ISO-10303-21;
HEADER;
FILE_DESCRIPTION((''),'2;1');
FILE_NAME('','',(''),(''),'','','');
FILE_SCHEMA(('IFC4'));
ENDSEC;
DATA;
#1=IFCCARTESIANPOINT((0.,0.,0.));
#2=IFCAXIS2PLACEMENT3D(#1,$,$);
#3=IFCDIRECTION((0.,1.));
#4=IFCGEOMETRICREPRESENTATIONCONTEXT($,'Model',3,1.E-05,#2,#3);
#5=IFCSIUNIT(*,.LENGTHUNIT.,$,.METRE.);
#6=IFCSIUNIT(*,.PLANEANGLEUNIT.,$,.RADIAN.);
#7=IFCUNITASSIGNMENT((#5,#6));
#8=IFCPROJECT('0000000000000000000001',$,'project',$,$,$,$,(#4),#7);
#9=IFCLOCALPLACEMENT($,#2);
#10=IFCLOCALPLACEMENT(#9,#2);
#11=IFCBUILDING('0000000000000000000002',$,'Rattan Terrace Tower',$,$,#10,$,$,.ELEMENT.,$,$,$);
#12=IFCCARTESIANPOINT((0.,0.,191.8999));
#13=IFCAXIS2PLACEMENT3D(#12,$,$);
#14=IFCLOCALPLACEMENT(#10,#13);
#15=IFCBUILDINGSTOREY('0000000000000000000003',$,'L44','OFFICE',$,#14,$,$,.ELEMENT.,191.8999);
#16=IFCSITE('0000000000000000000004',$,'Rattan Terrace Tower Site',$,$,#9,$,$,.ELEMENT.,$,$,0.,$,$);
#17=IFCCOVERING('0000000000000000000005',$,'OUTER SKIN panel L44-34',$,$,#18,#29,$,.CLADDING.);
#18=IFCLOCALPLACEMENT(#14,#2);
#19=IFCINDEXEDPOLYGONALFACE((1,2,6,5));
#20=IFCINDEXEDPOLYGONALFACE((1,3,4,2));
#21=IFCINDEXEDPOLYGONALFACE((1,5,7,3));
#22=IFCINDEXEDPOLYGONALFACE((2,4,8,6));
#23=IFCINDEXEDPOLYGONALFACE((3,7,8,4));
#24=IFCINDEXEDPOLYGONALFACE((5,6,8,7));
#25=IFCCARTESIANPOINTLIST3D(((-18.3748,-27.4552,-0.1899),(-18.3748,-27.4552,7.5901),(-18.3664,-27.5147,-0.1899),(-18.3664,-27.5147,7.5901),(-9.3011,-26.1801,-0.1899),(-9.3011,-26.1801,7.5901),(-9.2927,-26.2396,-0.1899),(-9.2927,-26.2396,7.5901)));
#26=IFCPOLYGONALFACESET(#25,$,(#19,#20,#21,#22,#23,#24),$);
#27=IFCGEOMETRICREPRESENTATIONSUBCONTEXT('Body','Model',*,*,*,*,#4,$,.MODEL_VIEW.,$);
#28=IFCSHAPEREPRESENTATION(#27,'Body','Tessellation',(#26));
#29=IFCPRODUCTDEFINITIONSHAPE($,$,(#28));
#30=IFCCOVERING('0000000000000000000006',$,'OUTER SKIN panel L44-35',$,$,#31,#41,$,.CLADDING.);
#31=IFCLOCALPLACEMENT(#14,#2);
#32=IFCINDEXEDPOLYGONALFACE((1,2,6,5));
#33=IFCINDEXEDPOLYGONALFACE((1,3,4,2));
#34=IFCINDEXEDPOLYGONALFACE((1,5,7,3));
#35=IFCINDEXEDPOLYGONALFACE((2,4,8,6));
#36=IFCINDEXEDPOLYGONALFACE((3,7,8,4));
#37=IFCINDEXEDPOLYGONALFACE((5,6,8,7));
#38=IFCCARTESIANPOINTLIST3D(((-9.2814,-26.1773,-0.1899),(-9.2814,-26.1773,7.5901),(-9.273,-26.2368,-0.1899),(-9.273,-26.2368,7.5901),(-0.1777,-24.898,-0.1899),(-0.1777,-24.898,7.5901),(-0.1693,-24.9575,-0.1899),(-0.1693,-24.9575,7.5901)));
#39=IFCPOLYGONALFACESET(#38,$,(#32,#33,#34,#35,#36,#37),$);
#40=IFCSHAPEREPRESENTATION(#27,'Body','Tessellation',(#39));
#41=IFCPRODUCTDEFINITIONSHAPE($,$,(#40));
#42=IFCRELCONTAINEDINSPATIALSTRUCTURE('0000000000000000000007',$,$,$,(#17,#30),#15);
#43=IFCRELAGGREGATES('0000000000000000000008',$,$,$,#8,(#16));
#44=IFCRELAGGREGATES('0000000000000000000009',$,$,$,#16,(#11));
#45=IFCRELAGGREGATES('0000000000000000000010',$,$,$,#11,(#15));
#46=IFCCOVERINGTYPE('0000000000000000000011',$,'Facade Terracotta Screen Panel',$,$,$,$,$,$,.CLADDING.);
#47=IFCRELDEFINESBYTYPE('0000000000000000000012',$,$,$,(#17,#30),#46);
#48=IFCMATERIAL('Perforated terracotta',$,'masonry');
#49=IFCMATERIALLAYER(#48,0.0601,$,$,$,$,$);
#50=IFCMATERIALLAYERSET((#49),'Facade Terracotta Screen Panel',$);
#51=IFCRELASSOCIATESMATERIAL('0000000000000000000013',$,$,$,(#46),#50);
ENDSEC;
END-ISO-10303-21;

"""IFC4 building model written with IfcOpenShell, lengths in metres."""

from ifc_helpers import new_model, si_unit, direction, frame, origin, origin_2d, place, context, subcontext, project, spatial, rectangle, extrude, material, layer, layer_set, type_object, element, save


model = new_model("IFC4")

# Units and contexts
model_context = context("Model", 3, precision=1e-05, world=origin(), true_north=direction((0.0, 1.0)))
body_context = subcontext(model_context, "Body", "Model", "MODEL_VIEW")
ifc_project = project(units=[si_unit("LENGTHUNIT", "METRE"), si_unit("PLANEANGLEUNIT", "RADIAN")], contexts=[model_context])

# Site, building, storey
site_placement = place(None, origin())
site = spatial("IfcSite", under=ifc_project, at=site_placement, Name="Rattan Terrace Tower Site", CompositionType="ELEMENT", RefElevation=0.0)
building_placement = place(site_placement, origin())
building = spatial("IfcBuilding", under=site, at=building_placement, Name="Rattan Terrace Tower", CompositionType="ELEMENT")
storey_placement = place(building_placement, frame((0.0, 0.0, 191.8999)))
storey = spatial("IfcBuildingStorey", under=building, at=storey_placement, Name="L44", Description="OFFICE", CompositionType="ELEMENT", Elevation=191.8999)

# Coverings
ifc_material_1 = material(Name="Perforated terracotta", Category="masonry")
ifc_layer_1 = layer(ifc_material_1, 0.0601)
ifc_layer_set_1 = layer_set([ifc_layer_1], Name="Facade Terracotta Screen Panel")
covering_type = type_object("IfcCoveringType", Name="Facade Terracotta Screen Panel", PredefinedType="CLADDING", material=ifc_layer_set_1)
covering_1_placement = place(storey_placement, frame((-13.8337, -26.8474, -0.1899), z_axis=(0.0, 0.0, 1.0), x_axis=(0.99027, 0.139161, 0.0)))
element("IfcCovering", 1, at=covering_1_placement, inside=storey, type_object=covering_type, Name="OUTER SKIN panel L44-34", PredefinedType="CLADDING", context=body_context, shape_type="SweptSolid", body=[
    extrude(rectangle(XDim=9.1628, YDim=0.0601, at=origin_2d()), origin(), (0.0, 0.0, 1.0), 7.78),
])
covering_2_placement = place(storey_placement, frame((-4.7253, -25.5674, -0.1899), z_axis=(0.0, 0.0, 1.0), x_axis=(0.99027, 0.139161, 0.0)))
element("IfcCovering", 2, at=covering_2_placement, inside=storey, type_object=covering_type, Name="OUTER SKIN panel L44-35", PredefinedType="CLADDING", context=body_context, shape_type="SweptSolid", body=[
    extrude(rectangle(XDim=9.1931, YDim=0.0601, at=origin_2d()), origin(), (0.0, 0.0, 1.0), 7.78),
])

save(model, "model.ifc")
